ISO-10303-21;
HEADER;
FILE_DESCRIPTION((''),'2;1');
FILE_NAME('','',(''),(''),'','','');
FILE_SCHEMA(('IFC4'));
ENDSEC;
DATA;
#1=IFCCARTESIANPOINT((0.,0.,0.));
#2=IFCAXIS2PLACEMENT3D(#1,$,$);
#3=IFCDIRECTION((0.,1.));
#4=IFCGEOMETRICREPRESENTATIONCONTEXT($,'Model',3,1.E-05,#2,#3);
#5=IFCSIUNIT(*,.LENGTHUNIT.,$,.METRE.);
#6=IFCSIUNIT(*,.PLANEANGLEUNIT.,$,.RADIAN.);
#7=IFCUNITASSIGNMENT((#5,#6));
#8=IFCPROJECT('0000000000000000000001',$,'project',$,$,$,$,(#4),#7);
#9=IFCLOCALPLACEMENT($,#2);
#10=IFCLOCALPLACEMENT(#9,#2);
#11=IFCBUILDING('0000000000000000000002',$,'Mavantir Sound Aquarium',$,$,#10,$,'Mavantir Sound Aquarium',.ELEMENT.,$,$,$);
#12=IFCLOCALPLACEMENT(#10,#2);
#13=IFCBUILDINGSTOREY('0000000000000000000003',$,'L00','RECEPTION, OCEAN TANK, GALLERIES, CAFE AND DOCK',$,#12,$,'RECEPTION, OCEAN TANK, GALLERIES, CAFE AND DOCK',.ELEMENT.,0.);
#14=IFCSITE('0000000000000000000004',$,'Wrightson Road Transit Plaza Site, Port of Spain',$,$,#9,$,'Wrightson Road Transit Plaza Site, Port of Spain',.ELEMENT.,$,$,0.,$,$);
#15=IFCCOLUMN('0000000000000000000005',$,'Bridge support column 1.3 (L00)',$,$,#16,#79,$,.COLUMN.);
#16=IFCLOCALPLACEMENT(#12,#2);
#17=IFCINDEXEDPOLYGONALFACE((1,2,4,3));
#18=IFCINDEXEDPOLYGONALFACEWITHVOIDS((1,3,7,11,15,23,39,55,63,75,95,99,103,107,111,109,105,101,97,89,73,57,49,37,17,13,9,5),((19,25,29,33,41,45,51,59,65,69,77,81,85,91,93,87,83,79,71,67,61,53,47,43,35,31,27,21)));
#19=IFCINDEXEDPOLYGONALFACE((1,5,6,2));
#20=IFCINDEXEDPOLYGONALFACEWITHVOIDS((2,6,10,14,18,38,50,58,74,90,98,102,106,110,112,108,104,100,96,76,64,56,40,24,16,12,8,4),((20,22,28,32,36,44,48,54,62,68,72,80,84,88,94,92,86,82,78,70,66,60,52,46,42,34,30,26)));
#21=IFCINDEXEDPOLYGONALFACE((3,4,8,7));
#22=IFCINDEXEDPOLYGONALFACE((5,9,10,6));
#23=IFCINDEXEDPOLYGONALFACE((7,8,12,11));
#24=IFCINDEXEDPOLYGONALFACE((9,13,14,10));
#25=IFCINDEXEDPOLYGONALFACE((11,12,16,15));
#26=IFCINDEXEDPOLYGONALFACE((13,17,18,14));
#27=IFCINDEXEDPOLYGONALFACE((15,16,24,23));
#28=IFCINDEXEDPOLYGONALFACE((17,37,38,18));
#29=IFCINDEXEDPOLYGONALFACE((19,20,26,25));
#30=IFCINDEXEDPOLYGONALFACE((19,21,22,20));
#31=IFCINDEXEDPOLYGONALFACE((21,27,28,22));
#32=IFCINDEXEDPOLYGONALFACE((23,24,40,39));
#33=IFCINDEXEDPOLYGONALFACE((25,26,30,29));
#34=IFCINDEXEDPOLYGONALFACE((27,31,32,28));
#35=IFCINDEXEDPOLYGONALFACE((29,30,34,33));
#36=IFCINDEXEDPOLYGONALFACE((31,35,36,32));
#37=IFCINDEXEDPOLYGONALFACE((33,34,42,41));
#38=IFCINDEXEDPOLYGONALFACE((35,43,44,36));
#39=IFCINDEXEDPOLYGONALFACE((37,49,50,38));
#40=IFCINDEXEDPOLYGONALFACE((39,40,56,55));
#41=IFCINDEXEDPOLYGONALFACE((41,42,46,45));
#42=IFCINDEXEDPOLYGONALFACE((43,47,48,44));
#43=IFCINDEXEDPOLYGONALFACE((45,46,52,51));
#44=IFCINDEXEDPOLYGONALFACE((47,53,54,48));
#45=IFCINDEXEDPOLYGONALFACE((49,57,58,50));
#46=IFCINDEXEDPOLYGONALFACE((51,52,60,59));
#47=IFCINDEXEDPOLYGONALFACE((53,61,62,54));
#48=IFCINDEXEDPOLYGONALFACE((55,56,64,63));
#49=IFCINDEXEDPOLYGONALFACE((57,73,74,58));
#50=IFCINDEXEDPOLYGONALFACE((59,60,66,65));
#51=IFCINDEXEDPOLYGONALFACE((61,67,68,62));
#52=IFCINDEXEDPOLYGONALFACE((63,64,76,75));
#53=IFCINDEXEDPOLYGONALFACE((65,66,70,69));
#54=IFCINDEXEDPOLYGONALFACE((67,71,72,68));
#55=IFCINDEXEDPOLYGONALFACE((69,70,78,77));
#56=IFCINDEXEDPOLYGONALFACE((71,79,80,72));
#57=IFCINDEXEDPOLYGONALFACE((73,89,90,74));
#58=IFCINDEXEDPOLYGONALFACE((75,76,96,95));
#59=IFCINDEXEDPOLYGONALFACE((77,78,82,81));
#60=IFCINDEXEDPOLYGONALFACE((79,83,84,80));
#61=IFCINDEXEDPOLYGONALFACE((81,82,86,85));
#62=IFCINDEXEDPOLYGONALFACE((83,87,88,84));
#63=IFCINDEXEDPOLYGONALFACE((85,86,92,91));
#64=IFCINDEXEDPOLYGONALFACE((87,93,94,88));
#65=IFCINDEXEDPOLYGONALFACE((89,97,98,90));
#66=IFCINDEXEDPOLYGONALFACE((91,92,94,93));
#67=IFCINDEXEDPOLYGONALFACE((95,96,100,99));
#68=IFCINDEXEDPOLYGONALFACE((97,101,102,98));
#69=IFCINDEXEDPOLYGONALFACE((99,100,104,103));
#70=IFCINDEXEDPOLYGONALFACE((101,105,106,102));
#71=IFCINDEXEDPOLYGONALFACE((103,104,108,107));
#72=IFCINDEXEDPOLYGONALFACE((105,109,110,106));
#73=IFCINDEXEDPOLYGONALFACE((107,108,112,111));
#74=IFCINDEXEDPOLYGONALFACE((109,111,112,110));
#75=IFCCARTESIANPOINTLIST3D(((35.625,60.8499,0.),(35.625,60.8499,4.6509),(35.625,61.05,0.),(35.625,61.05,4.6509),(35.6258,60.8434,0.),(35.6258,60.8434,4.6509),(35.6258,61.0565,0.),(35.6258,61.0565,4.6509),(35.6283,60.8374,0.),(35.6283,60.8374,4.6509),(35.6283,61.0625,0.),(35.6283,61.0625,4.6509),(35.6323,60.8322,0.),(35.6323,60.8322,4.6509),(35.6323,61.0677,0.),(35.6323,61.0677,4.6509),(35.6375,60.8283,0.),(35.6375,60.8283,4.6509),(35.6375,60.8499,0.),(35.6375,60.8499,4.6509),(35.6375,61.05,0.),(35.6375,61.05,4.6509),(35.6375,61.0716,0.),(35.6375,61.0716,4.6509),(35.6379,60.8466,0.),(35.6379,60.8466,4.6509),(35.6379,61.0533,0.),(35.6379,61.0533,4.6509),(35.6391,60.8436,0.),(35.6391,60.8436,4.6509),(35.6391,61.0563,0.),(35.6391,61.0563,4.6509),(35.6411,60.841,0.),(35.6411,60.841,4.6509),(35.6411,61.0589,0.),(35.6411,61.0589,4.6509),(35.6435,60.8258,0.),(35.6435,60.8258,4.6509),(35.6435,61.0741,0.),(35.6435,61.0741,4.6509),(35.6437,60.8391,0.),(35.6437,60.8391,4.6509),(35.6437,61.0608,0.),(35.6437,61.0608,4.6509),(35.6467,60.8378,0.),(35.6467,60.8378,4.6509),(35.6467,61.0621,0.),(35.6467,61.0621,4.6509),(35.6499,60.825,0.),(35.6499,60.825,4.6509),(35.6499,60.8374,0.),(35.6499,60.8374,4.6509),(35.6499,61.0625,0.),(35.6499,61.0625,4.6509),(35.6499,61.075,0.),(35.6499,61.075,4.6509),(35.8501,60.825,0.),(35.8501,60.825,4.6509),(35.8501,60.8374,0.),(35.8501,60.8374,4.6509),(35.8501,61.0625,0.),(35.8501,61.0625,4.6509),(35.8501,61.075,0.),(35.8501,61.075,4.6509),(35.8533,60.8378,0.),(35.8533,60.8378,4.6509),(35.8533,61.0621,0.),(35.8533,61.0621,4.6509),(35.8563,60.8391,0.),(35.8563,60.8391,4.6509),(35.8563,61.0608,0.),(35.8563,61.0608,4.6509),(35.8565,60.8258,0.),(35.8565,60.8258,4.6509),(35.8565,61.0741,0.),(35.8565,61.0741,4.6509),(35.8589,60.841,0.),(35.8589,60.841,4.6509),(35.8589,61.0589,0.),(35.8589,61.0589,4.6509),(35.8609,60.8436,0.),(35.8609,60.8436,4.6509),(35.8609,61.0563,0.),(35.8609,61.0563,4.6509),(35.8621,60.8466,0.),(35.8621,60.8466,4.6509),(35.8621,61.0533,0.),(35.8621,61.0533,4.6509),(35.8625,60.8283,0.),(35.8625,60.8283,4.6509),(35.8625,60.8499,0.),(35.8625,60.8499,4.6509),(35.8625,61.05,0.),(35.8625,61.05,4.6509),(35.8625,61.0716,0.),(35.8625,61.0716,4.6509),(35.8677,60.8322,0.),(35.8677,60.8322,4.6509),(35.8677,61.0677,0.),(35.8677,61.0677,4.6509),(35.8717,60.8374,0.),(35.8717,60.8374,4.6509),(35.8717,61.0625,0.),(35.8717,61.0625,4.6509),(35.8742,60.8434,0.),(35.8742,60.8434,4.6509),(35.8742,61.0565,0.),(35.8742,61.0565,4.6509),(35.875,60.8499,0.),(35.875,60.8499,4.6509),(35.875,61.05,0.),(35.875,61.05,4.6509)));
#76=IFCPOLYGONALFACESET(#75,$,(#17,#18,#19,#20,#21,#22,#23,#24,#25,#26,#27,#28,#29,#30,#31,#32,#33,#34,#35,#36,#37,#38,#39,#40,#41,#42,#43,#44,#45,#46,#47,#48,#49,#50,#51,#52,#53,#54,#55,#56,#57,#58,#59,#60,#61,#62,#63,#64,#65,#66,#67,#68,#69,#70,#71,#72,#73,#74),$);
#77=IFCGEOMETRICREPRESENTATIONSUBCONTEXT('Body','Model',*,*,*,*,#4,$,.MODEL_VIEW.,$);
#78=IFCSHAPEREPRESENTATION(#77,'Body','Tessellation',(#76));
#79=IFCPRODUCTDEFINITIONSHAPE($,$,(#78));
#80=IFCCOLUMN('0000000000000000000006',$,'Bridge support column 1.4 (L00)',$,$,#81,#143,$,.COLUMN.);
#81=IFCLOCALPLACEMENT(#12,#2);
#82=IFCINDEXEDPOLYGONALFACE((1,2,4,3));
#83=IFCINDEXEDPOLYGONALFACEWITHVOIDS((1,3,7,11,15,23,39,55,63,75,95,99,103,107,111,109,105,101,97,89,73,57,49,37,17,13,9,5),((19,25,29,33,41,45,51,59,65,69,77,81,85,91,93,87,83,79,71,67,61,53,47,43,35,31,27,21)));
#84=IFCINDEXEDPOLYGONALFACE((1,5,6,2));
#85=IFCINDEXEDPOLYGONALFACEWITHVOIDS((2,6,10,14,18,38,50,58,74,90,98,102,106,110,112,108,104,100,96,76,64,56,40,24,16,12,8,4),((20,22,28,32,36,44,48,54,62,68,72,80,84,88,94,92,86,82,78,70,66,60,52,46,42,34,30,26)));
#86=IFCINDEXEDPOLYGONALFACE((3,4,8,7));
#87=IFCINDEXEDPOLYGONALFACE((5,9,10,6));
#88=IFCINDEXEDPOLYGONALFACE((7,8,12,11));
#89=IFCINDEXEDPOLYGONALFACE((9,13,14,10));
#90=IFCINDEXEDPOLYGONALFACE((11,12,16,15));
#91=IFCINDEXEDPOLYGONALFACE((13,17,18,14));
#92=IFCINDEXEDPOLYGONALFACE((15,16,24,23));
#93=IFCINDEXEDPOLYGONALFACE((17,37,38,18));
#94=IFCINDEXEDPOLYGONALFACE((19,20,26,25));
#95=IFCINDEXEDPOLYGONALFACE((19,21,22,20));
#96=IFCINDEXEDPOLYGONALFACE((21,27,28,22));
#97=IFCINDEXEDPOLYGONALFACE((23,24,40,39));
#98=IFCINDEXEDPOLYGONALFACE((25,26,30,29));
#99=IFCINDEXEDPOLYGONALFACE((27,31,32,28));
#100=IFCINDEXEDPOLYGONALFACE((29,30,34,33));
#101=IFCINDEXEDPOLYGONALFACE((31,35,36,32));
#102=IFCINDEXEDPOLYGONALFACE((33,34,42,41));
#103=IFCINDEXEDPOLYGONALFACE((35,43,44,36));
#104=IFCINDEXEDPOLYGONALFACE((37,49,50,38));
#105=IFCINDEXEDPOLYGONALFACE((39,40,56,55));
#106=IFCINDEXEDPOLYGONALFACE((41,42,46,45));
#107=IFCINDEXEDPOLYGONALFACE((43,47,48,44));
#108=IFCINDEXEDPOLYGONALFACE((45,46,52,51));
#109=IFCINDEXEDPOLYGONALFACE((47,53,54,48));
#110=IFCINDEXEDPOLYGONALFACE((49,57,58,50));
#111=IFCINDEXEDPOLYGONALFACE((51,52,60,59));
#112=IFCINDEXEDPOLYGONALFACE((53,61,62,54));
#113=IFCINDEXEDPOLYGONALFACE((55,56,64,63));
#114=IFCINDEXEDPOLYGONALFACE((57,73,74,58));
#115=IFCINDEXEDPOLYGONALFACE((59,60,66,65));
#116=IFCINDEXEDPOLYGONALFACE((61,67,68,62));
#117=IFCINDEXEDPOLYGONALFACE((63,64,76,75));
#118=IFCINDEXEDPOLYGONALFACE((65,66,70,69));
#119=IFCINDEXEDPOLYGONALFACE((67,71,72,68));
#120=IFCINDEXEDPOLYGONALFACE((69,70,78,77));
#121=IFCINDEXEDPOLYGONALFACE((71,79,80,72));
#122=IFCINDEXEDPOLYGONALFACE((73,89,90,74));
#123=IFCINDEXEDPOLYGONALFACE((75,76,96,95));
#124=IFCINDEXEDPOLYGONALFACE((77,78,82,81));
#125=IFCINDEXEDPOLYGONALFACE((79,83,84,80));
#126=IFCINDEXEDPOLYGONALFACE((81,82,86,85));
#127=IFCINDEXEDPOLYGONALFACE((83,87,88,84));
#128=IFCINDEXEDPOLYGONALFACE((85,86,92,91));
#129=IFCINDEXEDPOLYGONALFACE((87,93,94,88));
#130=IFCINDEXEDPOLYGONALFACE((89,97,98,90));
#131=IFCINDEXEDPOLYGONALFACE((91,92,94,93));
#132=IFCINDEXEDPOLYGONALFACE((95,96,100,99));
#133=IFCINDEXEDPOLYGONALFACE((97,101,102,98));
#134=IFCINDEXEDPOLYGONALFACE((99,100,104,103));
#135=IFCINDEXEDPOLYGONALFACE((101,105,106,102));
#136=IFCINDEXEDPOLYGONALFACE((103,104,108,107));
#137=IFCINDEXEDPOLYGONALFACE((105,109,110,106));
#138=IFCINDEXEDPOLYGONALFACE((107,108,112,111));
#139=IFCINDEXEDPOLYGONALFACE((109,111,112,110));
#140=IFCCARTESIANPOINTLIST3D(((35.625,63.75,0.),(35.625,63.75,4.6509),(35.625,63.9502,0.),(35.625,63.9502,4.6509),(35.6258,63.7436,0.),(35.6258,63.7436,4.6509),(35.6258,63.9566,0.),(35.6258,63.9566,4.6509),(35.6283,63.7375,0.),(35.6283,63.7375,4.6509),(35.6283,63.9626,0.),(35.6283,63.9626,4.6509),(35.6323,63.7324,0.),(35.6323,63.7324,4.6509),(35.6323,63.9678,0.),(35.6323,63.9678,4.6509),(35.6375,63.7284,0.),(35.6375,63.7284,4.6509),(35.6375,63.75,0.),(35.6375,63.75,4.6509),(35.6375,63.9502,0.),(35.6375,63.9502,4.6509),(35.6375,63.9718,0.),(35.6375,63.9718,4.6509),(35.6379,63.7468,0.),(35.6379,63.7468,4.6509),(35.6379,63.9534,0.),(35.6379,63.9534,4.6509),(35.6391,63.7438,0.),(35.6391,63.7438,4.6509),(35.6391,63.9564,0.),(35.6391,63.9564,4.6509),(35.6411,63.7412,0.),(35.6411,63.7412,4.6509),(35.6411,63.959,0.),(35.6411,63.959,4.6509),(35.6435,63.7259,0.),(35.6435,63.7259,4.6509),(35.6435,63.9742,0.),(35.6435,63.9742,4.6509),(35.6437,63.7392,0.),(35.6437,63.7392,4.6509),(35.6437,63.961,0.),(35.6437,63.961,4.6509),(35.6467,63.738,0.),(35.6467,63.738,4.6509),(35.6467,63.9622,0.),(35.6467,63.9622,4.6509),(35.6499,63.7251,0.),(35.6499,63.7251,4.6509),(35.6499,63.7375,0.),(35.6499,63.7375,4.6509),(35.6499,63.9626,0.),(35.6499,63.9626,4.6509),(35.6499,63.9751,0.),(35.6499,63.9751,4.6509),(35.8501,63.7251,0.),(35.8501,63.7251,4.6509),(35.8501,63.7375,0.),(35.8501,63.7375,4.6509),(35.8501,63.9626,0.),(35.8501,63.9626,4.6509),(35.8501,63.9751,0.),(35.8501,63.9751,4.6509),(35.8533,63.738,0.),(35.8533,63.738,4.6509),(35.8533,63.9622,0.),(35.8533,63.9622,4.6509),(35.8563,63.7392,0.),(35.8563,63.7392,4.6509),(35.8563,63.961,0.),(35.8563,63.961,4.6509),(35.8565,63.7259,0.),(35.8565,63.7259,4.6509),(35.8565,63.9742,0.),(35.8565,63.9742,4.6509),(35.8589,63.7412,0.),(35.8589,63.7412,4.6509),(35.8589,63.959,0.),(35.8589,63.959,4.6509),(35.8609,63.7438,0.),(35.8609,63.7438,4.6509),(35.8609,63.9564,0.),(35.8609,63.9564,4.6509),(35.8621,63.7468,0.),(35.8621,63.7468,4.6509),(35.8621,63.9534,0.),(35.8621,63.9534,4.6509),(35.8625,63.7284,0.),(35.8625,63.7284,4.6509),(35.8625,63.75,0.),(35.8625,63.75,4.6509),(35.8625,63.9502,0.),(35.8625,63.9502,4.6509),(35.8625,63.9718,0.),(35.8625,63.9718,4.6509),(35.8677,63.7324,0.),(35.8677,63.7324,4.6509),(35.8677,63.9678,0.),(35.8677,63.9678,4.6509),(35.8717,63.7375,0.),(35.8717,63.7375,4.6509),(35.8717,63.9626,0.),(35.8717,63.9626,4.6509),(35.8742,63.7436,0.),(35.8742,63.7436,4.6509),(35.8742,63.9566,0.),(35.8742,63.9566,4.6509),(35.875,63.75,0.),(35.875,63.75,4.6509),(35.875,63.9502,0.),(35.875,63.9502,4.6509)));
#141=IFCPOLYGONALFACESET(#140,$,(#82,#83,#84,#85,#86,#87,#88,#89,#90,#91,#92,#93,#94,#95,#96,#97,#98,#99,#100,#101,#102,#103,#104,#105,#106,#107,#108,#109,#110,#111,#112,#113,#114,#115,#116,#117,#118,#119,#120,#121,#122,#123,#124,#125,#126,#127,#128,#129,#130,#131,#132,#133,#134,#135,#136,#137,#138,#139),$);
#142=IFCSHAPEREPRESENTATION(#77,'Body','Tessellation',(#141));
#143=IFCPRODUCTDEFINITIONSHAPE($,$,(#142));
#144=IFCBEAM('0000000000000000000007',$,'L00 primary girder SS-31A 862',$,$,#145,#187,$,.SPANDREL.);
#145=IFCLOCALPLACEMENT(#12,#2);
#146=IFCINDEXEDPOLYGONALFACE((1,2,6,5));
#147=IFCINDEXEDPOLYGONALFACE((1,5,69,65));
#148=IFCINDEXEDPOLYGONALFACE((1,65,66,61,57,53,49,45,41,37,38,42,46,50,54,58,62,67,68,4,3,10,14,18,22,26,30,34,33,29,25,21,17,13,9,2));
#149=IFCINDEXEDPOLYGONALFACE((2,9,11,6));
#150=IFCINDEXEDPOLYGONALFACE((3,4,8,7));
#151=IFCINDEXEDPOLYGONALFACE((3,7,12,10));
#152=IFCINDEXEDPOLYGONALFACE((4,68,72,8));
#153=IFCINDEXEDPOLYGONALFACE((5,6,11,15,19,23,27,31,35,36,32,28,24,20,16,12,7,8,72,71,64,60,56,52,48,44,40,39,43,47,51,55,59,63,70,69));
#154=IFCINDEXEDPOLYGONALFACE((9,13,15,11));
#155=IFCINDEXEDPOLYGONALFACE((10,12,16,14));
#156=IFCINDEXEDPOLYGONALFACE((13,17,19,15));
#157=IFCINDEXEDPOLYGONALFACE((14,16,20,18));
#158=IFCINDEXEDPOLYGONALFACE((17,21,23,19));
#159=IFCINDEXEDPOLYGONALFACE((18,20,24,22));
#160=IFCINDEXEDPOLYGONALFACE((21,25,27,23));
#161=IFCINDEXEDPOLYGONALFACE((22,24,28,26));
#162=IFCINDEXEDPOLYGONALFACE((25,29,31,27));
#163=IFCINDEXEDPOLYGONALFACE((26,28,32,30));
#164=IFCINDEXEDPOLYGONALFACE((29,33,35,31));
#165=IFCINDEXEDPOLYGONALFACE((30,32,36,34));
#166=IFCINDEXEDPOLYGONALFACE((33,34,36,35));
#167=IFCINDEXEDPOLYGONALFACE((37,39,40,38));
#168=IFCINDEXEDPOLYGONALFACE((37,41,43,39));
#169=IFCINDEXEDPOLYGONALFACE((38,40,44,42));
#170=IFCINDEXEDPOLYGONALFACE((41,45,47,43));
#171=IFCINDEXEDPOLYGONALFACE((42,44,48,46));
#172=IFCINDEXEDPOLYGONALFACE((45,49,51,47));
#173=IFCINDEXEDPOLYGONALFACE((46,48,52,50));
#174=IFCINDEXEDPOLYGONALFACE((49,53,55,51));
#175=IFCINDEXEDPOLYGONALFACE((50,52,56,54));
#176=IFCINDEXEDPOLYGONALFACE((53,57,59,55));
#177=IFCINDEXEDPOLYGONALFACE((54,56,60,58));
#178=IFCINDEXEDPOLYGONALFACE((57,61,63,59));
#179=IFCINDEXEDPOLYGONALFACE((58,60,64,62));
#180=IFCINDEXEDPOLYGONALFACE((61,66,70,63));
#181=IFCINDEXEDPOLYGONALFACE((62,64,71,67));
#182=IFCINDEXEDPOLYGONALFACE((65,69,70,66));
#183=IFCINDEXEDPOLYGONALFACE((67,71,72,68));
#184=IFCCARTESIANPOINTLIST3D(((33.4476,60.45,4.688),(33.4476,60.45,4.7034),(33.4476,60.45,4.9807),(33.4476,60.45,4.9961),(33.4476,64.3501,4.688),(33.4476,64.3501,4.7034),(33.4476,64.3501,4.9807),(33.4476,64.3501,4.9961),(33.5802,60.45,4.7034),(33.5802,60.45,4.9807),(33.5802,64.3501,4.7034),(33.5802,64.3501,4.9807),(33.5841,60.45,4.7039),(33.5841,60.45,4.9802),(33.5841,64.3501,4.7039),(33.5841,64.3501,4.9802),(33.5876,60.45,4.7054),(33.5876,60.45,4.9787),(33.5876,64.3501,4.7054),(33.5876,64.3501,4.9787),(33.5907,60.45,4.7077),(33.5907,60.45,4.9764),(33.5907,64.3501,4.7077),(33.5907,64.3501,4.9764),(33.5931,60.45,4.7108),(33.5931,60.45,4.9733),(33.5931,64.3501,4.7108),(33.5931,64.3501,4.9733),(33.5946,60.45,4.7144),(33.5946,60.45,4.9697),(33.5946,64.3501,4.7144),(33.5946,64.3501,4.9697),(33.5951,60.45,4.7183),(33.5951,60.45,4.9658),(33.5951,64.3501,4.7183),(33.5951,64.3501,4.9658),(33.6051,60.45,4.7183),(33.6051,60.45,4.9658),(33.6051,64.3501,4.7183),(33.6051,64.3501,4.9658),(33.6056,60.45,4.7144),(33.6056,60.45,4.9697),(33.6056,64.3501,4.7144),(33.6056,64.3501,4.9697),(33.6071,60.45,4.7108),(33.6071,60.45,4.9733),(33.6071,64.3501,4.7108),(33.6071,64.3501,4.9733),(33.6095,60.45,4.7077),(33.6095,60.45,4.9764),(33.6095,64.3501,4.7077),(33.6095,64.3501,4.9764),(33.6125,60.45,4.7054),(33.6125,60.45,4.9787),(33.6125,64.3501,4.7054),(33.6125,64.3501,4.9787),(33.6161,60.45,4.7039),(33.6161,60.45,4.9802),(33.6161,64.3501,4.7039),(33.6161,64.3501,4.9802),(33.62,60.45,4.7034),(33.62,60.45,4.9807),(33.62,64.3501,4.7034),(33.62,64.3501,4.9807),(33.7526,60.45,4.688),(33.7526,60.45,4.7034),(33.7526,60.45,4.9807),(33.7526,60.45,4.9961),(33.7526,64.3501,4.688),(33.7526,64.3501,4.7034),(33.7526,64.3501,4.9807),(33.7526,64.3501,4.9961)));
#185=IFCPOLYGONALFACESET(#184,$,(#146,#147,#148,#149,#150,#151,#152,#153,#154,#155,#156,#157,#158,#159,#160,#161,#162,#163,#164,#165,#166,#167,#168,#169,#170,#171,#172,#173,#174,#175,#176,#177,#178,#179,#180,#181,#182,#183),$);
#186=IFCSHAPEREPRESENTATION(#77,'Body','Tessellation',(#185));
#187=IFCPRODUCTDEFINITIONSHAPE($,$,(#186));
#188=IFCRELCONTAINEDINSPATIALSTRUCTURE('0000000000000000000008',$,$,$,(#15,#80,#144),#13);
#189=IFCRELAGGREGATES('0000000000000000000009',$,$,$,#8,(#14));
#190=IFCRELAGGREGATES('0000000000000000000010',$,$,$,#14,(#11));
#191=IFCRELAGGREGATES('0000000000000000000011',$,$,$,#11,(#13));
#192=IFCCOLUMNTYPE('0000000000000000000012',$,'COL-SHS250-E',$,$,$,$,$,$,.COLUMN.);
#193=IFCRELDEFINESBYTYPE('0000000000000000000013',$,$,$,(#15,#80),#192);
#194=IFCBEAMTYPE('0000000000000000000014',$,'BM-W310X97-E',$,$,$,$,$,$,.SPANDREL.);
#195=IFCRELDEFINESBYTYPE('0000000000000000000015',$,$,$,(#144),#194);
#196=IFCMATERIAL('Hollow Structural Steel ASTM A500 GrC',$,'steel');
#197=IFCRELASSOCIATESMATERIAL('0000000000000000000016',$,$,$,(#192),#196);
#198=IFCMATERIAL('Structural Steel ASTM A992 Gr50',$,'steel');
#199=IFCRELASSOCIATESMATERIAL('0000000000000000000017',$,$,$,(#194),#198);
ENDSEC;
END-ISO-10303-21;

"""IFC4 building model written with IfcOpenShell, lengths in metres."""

from ifc_helpers import new_model, si_unit, direction, frame, origin, origin_2d, place, context, subcontext, project, spatial, hollow_rectangle, i_section, extrude, material, material_profile, profile_set, type_object, element, save


model = new_model("IFC4")

# Units and contexts
model_context = context("Model", 3, precision=1e-05, world=origin(), true_north=direction((0.0, 1.0)))
body_context = subcontext(model_context, "Body", "Model", "MODEL_VIEW")
ifc_project = project(units=[si_unit("LENGTHUNIT", "METRE"), si_unit("PLANEANGLEUNIT", "RADIAN")], contexts=[model_context])

# Site, building, storey
site_placement = place(None, origin())
site = spatial("IfcSite", under=ifc_project, at=site_placement, Name="Wrightson Road Transit Plaza Site, Port of Spain", LongName="Wrightson Road Transit Plaza Site, Port of Spain", CompositionType="ELEMENT", RefElevation=0.0)
building_placement = place(site_placement, origin())
building = spatial("IfcBuilding", under=site, at=building_placement, Name="Mavantir Sound Aquarium", LongName="Mavantir Sound Aquarium", CompositionType="ELEMENT")
storey_placement = place(building_placement, origin())
storey = spatial("IfcBuildingStorey", under=building, at=storey_placement, Name="L00", Description="RECEPTION, OCEAN TANK, GALLERIES, CAFE AND DOCK", LongName="RECEPTION, OCEAN TANK, GALLERIES, CAFE AND DOCK", CompositionType="ELEMENT", Elevation=0.0)

# Columns
ifc_material_1 = material(Name="Hollow Structural Steel ASTM A500 GrC", Category="steel")
ifc_material_profile_1 = material_profile(ifc_material_1, hollow_rectangle(XDim=0.25, YDim=0.25, WallThickness=0.0125, InnerFilletRadius=0.0125, OuterFilletRadius=0.0249, at=origin_2d()), Name="SHS 250X250X12.5")
ifc_profile_set_1 = profile_set([ifc_material_profile_1], Name="Hollow Structural Steel ASTM A500 GrC")
column_type_1 = type_object("IfcColumnType", Name="COL-SHS250-E", PredefinedType="COLUMN", material=ifc_profile_set_1)
for number, where, z_axis, x_axis, name in (
    (1, (35.75, 60.95, 0.0), (0.0, 0.0, 1.0), (1.0, 0.0, 0.0), "Bridge support column 1.3 (L00)"),
    (2, (35.75, 63.8501, 0.0), (0.0, 0.0, 1.0), (1.0, 0.0, 0.0), "Bridge support column 1.4 (L00)"),
):
    element("IfcColumn", number, at=place(storey_placement, frame(where, z_axis=z_axis, x_axis=x_axis)), inside=storey, type_object=column_type_1, Name=name, PredefinedType="COLUMN", context=body_context, shape_type="SweptSolid", body=[
        extrude(hollow_rectangle(XDim=0.25, YDim=0.25, WallThickness=0.0125, InnerFilletRadius=0.0125, OuterFilletRadius=0.0249, at=origin_2d()), origin(), (0.0, 0.0, 1.0), 4.6509),
    ])

# Beam
ifc_material_2 = material(Name="Structural Steel ASTM A992 Gr50", Category="steel")
ifc_material_profile_2 = material_profile(ifc_material_2, i_section(OverallWidth=0.3049, OverallDepth=0.3081, WebThickness=0.01, FlangeThickness=0.0154, FilletRadius=0.0149, at=origin_2d()), Name="W310X97")
ifc_profile_set_2 = profile_set([ifc_material_profile_2], Name="Structural Steel ASTM A992 Gr50")
beam_type_1 = type_object("IfcBeamType", Name="BM-W310X97-E", PredefinedType="SPANDREL", material=ifc_profile_set_2)
beam_1_placement = place(storey_placement, frame((33.6001, 60.45, 4.842), z_axis=(0.0, 1.0, 0.0), x_axis=(-1.0, 0.0, 0.0)))
element("IfcBeam", 3, at=beam_1_placement, inside=storey, type_object=beam_type_1, Name="L00 primary girder SS-31A 862", PredefinedType="SPANDREL", context=body_context, shape_type="SweptSolid", body=[
    extrude(i_section(OverallWidth=0.3049, OverallDepth=0.3081, WebThickness=0.01, FlangeThickness=0.0154, FilletRadius=0.0149, at=origin_2d()), origin(), (0.0, 0.0, 1.0), 3.9001),
])

save(model, "model.ifc")
